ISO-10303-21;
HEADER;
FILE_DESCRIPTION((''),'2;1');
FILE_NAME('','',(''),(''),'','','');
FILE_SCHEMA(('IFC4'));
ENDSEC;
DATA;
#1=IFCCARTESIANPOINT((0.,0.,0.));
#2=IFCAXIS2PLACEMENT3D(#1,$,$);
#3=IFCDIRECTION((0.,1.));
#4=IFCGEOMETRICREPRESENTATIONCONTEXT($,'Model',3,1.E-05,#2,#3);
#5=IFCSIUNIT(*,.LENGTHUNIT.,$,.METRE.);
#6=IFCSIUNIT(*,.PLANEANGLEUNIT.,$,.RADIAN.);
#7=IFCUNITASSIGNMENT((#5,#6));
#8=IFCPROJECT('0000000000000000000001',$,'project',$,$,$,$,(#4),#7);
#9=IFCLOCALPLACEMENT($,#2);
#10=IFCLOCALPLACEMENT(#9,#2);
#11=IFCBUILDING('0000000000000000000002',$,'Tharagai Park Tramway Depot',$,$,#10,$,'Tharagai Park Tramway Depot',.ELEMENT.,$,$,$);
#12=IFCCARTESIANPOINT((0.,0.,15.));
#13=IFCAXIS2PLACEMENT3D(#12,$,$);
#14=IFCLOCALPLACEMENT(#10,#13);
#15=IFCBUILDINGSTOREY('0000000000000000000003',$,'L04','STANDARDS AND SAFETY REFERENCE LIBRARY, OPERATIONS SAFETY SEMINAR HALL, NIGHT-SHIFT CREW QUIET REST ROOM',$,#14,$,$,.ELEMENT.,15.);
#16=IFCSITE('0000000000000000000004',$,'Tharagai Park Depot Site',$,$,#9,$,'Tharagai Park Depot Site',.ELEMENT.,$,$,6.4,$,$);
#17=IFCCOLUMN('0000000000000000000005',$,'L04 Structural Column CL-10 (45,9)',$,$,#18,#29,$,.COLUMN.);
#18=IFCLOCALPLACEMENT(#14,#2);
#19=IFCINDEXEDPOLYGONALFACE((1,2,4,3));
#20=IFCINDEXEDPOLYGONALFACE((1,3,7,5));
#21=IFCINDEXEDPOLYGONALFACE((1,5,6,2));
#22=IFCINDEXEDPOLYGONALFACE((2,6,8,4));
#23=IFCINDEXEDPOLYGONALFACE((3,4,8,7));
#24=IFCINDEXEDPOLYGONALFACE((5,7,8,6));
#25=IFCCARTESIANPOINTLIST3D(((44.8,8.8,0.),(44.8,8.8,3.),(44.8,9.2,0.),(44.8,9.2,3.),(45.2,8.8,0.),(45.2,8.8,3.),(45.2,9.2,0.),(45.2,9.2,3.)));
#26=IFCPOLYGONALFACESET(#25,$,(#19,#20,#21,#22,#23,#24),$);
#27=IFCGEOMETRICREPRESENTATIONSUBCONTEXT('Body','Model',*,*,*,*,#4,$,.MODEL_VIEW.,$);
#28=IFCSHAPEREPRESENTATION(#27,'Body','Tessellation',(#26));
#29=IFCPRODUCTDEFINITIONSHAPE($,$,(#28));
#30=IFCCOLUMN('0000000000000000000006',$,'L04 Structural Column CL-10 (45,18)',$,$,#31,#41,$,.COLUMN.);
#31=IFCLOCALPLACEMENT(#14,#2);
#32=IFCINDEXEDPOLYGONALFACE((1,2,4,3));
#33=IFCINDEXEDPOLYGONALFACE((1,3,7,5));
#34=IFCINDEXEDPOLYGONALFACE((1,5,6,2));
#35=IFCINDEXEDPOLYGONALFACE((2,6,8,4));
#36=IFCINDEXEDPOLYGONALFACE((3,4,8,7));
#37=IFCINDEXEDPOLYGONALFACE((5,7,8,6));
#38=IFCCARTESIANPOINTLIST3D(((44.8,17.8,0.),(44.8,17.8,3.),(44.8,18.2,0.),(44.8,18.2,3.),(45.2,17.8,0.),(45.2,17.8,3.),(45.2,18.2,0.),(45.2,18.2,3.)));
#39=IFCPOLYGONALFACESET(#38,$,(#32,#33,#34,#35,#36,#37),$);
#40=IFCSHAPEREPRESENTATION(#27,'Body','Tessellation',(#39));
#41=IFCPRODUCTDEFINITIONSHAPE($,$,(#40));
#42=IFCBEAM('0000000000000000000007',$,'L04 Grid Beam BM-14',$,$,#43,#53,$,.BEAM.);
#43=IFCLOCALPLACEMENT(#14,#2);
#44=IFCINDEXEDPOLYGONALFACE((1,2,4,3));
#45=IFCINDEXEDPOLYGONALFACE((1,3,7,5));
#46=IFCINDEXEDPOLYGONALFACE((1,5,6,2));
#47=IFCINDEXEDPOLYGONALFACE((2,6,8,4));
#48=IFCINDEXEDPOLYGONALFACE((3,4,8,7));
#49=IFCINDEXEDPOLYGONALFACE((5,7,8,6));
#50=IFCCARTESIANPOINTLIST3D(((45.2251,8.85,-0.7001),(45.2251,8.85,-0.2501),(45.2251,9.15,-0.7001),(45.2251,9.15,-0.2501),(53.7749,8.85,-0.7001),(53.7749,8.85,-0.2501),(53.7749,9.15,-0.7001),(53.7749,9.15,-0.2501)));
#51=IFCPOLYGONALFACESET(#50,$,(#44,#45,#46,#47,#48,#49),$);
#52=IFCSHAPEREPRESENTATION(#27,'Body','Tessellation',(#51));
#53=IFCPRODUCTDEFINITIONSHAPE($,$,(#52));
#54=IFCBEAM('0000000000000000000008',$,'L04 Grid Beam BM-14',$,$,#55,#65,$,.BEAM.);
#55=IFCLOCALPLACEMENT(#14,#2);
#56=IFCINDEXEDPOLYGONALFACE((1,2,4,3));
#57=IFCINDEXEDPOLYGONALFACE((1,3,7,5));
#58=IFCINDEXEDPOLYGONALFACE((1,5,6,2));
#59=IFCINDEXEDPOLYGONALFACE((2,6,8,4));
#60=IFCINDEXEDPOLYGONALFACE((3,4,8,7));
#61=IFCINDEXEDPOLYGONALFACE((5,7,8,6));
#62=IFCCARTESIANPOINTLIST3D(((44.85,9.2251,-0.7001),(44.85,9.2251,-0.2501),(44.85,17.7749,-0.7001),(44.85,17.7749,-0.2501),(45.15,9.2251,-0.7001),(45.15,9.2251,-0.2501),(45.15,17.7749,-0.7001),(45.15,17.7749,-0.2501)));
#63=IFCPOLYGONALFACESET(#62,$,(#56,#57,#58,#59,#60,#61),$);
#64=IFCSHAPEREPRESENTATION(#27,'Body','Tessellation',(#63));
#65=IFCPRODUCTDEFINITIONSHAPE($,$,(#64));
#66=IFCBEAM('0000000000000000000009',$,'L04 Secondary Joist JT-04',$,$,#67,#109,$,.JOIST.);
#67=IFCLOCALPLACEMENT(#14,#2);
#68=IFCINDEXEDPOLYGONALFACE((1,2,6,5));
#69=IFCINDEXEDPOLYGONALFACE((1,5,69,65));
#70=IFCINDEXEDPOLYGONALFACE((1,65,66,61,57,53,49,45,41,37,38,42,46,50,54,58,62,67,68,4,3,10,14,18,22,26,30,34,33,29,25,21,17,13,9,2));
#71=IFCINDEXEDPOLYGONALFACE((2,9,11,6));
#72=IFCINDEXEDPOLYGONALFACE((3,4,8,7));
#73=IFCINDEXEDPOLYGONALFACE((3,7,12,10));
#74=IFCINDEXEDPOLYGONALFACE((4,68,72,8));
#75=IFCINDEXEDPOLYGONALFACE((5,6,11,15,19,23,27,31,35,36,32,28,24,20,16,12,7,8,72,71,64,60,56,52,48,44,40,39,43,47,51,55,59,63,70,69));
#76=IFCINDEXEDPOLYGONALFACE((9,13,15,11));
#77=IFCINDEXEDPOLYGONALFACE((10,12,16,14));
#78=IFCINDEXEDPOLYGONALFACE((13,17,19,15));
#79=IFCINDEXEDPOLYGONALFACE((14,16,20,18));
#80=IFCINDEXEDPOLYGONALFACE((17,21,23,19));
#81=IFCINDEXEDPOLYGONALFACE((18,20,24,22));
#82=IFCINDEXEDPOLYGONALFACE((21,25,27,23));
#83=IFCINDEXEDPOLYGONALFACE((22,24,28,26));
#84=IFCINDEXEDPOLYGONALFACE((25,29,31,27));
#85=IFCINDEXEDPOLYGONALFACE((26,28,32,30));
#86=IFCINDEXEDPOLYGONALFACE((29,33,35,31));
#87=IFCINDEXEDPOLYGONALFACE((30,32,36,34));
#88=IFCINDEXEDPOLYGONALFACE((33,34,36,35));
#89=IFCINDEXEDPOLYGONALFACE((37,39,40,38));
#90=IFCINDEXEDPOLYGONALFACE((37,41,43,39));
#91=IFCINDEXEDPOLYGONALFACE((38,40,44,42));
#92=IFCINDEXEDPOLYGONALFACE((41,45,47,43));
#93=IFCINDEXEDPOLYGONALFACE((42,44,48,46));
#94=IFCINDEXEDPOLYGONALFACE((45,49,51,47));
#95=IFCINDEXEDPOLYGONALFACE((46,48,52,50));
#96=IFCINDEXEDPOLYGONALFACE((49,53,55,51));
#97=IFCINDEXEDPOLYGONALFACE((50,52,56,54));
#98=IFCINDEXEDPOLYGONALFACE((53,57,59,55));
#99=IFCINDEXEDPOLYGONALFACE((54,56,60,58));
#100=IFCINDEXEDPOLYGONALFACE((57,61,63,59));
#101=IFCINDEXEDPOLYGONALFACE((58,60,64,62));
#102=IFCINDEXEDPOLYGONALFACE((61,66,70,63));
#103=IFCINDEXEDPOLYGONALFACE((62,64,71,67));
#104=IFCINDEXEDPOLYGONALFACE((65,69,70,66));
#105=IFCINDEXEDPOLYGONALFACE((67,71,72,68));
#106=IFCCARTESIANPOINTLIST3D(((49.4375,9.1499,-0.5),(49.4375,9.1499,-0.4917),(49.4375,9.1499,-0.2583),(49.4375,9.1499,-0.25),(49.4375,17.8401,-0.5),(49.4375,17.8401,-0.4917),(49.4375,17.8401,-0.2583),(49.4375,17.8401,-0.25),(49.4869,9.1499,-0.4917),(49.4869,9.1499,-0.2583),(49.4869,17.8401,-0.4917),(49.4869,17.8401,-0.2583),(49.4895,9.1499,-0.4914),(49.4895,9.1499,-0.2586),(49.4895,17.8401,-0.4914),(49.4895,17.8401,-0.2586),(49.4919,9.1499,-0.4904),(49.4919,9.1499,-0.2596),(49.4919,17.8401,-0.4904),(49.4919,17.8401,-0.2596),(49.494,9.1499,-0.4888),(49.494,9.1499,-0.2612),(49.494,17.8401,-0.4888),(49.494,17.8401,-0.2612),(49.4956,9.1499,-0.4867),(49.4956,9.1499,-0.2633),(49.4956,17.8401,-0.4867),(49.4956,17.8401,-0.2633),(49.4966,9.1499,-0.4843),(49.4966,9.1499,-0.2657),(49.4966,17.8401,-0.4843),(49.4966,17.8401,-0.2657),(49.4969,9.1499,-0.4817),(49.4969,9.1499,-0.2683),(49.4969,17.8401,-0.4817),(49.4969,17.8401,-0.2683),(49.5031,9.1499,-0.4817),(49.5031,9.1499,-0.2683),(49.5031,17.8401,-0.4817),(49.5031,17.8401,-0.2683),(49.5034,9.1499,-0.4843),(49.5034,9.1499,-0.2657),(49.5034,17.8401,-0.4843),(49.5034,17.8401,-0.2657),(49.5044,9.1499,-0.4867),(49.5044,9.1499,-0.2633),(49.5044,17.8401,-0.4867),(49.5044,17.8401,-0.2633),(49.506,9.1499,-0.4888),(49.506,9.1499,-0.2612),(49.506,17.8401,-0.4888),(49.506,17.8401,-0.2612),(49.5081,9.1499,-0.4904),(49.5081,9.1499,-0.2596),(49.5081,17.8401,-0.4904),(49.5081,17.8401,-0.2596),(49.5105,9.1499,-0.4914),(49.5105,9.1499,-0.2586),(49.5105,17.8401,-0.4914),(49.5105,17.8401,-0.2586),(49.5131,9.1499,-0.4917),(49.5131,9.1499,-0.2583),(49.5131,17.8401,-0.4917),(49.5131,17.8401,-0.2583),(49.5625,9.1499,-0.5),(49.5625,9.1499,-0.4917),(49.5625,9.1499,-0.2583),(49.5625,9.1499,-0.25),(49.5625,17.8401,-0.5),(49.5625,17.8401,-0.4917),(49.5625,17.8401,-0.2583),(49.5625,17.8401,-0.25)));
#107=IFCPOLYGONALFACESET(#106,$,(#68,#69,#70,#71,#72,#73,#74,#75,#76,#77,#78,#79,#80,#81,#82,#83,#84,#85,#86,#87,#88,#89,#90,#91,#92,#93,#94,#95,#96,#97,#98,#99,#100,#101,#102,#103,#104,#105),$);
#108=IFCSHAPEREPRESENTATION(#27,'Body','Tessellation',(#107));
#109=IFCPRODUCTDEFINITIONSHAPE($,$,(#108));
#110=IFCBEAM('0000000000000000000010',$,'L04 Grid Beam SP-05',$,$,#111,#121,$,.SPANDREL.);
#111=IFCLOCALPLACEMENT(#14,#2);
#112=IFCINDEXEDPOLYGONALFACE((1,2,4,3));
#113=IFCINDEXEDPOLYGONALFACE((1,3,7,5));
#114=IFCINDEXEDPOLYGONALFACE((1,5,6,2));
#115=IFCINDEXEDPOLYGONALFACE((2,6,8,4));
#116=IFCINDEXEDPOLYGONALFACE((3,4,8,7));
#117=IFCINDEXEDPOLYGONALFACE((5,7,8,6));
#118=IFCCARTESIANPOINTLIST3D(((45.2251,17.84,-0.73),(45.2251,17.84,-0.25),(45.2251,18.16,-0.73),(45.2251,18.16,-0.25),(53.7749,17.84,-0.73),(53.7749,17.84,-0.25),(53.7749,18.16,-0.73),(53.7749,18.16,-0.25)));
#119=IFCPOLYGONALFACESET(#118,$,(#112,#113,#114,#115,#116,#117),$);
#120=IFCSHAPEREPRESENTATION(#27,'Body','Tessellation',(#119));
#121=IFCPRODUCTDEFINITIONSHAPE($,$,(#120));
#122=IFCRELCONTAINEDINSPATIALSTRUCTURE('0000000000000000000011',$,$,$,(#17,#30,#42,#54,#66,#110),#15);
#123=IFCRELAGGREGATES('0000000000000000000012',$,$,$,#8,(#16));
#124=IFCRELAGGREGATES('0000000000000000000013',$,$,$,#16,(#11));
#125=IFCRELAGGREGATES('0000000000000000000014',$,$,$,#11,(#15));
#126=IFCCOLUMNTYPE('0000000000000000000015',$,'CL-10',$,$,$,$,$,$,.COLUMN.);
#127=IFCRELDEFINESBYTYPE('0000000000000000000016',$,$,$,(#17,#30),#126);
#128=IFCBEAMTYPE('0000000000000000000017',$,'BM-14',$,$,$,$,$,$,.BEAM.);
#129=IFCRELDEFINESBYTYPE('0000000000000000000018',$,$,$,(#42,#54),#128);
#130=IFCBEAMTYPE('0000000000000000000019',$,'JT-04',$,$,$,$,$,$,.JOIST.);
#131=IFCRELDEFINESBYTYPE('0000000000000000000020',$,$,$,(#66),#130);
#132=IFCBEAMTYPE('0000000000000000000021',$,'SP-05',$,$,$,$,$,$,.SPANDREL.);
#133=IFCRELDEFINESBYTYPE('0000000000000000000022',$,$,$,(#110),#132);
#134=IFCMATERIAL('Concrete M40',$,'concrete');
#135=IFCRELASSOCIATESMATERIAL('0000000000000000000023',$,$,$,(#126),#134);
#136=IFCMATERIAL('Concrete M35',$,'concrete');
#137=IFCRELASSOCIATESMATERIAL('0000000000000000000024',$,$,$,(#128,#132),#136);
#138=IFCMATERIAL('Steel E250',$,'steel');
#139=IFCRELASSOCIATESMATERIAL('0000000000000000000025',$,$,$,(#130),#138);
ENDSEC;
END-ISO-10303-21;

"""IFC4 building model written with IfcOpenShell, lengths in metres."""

from ifc_helpers import new_model, si_unit, direction, frame, origin, origin_2d, place, context, subcontext, project, spatial, rectangle, i_section, extrude, material, material_profile, profile_set, type_object, element, save


model = new_model("IFC4")

# Units and contexts
model_context = context("Model", 3, precision=1e-05, world=origin(), true_north=direction((0.0, 1.0)))
body_context = subcontext(model_context, "Body", "Model", "MODEL_VIEW")
ifc_project = project(units=[si_unit("LENGTHUNIT", "METRE"), si_unit("PLANEANGLEUNIT", "RADIAN")], contexts=[model_context])

# Site, building, storey
site_placement = place(None, origin())
site = spatial("IfcSite", under=ifc_project, at=site_placement, Name="Tharagai Park Depot Site", LongName="Tharagai Park Depot Site", CompositionType="ELEMENT", RefElevation=6.4)
building_placement = place(site_placement, origin())
building = spatial("IfcBuilding", under=site, at=building_placement, Name="Tharagai Park Tramway Depot", LongName="Tharagai Park Tramway Depot", CompositionType="ELEMENT")
storey_placement = place(building_placement, frame((0.0, 0.0, 15.0)))
storey = spatial("IfcBuildingStorey", under=building, at=storey_placement, Name="L04", Description="STANDARDS AND SAFETY REFERENCE LIBRARY, OPERATIONS SAFETY SEMINAR HALL, NIGHT-SHIFT CREW QUIET REST ROOM", CompositionType="ELEMENT", Elevation=15.0)

# Columns
ifc_material_1 = material(Name="Concrete M40", Category="concrete")
ifc_material_profile_1 = material_profile(ifc_material_1, rectangle(XDim=0.3999, YDim=0.3999, at=origin_2d()), Name="RC 400x400")
ifc_profile_set_1 = profile_set([ifc_material_profile_1], Name="Concrete M40")
column_type = type_object("IfcColumnType", Name="CL-10", PredefinedType="COLUMN", material=ifc_profile_set_1)
for number, where, z_axis, x_axis, name in (
    (1, (45.0, 9.0, 0.0), (0.0, 0.0, 1.0), (1.0, 0.0, 0.0), "L04 Structural Column CL-10 (45,9)"),
    (2, (45.0, 18.0, 0.0), (0.0, 0.0, 1.0), (1.0, 0.0, 0.0), "L04 Structural Column CL-10 (45,18)"),
):
    element("IfcColumn", number, at=place(storey_placement, frame(where, z_axis=z_axis, x_axis=x_axis)), inside=storey, type_object=column_type, Name=name, PredefinedType="COLUMN", context=body_context, shape_type="SweptSolid", body=[
        extrude(rectangle(XDim=0.3999, YDim=0.3999, at=origin_2d()), origin(), (0.0, 0.0, 1.0), 3.0),
    ])

# Beams
ifc_material_2 = material(Name="Concrete M35", Category="concrete")
ifc_material_profile_2 = material_profile(ifc_material_2, rectangle(XDim=0.3, YDim=0.45, at=origin_2d()), Name="RC 300x450")
ifc_profile_set_2 = profile_set([ifc_material_profile_2], Name="Concrete M35")
beam_type_1 = type_object("IfcBeamType", Name="BM-14", PredefinedType="BEAM", material=ifc_profile_set_2)
for number, where, z_axis, x_axis, name in (
    (3, (45.2251, 9.0, -0.4751), (1.0, 0.0, 0.0), (0.0, 1.0, 0.0), "L04 Grid Beam BM-14"),
    (4, (45.0, 9.2251, -0.4751), (0.0, 1.0, 0.0), (-1.0, 0.0, 0.0), "L04 Grid Beam BM-14"),
):
    element("IfcBeam", number, at=place(storey_placement, frame(where, z_axis=z_axis, x_axis=x_axis)), inside=storey, type_object=beam_type_1, Name=name, PredefinedType="BEAM", context=body_context, shape_type="SweptSolid", body=[
        extrude(rectangle(XDim=0.3, YDim=0.45, at=origin_2d()), origin(), (0.0, 0.0, 1.0), 8.5498),
    ])
ifc_material_3 = material(Name="Steel E250", Category="steel")
ifc_material_profile_3 = material_profile(ifc_material_3, i_section(OverallWidth=0.125, OverallDepth=0.25, WebThickness=0.0061, FlangeThickness=0.0083, FilletRadius=0.01, at=origin_2d()), Name="ISLB 250")
ifc_profile_set_3 = profile_set([ifc_material_profile_3], Name="Steel E250")
beam_type_2 = type_object("IfcBeamType", Name="JT-04", PredefinedType="JOIST", material=ifc_profile_set_3)
beam_1_placement = place(storey_placement, frame((49.5, 9.1499, -0.375), z_axis=(0.0, 1.0, 0.0), x_axis=(-1.0, 0.0, 0.0)))
element("IfcBeam", 5, at=beam_1_placement, inside=storey, type_object=beam_type_2, Name="L04 Secondary Joist JT-04", PredefinedType="JOIST", context=body_context, shape_type="SweptSolid", body=[
    extrude(i_section(OverallWidth=0.125, OverallDepth=0.25, WebThickness=0.0061, FlangeThickness=0.0083, FilletRadius=0.01, at=origin_2d()), origin(), (0.0, 0.0, 1.0), 8.6902),
])
ifc_material_profile_4 = material_profile(ifc_material_2, rectangle(XDim=0.3201, YDim=0.48, at=origin_2d()), Name="RC 320x480")
ifc_profile_set_4 = profile_set([ifc_material_profile_4], Name="Concrete M35")
beam_type_3 = type_object("IfcBeamType", Name="SP-05", PredefinedType="SPANDREL", material=ifc_profile_set_4)
beam_2_placement = place(storey_placement, frame((45.2251, 18.0, -0.49), z_axis=(1.0, 0.0, 0.0), x_axis=(0.0, 1.0, 0.0)))
element("IfcBeam", 6, at=beam_2_placement, inside=storey, type_object=beam_type_3, Name="L04 Grid Beam SP-05", PredefinedType="SPANDREL", context=body_context, shape_type="SweptSolid", body=[
    extrude(rectangle(XDim=0.3201, YDim=0.48, at=origin_2d()), origin(), (0.0, 0.0, 1.0), 8.5498),
])

save(model, "model.ifc")
